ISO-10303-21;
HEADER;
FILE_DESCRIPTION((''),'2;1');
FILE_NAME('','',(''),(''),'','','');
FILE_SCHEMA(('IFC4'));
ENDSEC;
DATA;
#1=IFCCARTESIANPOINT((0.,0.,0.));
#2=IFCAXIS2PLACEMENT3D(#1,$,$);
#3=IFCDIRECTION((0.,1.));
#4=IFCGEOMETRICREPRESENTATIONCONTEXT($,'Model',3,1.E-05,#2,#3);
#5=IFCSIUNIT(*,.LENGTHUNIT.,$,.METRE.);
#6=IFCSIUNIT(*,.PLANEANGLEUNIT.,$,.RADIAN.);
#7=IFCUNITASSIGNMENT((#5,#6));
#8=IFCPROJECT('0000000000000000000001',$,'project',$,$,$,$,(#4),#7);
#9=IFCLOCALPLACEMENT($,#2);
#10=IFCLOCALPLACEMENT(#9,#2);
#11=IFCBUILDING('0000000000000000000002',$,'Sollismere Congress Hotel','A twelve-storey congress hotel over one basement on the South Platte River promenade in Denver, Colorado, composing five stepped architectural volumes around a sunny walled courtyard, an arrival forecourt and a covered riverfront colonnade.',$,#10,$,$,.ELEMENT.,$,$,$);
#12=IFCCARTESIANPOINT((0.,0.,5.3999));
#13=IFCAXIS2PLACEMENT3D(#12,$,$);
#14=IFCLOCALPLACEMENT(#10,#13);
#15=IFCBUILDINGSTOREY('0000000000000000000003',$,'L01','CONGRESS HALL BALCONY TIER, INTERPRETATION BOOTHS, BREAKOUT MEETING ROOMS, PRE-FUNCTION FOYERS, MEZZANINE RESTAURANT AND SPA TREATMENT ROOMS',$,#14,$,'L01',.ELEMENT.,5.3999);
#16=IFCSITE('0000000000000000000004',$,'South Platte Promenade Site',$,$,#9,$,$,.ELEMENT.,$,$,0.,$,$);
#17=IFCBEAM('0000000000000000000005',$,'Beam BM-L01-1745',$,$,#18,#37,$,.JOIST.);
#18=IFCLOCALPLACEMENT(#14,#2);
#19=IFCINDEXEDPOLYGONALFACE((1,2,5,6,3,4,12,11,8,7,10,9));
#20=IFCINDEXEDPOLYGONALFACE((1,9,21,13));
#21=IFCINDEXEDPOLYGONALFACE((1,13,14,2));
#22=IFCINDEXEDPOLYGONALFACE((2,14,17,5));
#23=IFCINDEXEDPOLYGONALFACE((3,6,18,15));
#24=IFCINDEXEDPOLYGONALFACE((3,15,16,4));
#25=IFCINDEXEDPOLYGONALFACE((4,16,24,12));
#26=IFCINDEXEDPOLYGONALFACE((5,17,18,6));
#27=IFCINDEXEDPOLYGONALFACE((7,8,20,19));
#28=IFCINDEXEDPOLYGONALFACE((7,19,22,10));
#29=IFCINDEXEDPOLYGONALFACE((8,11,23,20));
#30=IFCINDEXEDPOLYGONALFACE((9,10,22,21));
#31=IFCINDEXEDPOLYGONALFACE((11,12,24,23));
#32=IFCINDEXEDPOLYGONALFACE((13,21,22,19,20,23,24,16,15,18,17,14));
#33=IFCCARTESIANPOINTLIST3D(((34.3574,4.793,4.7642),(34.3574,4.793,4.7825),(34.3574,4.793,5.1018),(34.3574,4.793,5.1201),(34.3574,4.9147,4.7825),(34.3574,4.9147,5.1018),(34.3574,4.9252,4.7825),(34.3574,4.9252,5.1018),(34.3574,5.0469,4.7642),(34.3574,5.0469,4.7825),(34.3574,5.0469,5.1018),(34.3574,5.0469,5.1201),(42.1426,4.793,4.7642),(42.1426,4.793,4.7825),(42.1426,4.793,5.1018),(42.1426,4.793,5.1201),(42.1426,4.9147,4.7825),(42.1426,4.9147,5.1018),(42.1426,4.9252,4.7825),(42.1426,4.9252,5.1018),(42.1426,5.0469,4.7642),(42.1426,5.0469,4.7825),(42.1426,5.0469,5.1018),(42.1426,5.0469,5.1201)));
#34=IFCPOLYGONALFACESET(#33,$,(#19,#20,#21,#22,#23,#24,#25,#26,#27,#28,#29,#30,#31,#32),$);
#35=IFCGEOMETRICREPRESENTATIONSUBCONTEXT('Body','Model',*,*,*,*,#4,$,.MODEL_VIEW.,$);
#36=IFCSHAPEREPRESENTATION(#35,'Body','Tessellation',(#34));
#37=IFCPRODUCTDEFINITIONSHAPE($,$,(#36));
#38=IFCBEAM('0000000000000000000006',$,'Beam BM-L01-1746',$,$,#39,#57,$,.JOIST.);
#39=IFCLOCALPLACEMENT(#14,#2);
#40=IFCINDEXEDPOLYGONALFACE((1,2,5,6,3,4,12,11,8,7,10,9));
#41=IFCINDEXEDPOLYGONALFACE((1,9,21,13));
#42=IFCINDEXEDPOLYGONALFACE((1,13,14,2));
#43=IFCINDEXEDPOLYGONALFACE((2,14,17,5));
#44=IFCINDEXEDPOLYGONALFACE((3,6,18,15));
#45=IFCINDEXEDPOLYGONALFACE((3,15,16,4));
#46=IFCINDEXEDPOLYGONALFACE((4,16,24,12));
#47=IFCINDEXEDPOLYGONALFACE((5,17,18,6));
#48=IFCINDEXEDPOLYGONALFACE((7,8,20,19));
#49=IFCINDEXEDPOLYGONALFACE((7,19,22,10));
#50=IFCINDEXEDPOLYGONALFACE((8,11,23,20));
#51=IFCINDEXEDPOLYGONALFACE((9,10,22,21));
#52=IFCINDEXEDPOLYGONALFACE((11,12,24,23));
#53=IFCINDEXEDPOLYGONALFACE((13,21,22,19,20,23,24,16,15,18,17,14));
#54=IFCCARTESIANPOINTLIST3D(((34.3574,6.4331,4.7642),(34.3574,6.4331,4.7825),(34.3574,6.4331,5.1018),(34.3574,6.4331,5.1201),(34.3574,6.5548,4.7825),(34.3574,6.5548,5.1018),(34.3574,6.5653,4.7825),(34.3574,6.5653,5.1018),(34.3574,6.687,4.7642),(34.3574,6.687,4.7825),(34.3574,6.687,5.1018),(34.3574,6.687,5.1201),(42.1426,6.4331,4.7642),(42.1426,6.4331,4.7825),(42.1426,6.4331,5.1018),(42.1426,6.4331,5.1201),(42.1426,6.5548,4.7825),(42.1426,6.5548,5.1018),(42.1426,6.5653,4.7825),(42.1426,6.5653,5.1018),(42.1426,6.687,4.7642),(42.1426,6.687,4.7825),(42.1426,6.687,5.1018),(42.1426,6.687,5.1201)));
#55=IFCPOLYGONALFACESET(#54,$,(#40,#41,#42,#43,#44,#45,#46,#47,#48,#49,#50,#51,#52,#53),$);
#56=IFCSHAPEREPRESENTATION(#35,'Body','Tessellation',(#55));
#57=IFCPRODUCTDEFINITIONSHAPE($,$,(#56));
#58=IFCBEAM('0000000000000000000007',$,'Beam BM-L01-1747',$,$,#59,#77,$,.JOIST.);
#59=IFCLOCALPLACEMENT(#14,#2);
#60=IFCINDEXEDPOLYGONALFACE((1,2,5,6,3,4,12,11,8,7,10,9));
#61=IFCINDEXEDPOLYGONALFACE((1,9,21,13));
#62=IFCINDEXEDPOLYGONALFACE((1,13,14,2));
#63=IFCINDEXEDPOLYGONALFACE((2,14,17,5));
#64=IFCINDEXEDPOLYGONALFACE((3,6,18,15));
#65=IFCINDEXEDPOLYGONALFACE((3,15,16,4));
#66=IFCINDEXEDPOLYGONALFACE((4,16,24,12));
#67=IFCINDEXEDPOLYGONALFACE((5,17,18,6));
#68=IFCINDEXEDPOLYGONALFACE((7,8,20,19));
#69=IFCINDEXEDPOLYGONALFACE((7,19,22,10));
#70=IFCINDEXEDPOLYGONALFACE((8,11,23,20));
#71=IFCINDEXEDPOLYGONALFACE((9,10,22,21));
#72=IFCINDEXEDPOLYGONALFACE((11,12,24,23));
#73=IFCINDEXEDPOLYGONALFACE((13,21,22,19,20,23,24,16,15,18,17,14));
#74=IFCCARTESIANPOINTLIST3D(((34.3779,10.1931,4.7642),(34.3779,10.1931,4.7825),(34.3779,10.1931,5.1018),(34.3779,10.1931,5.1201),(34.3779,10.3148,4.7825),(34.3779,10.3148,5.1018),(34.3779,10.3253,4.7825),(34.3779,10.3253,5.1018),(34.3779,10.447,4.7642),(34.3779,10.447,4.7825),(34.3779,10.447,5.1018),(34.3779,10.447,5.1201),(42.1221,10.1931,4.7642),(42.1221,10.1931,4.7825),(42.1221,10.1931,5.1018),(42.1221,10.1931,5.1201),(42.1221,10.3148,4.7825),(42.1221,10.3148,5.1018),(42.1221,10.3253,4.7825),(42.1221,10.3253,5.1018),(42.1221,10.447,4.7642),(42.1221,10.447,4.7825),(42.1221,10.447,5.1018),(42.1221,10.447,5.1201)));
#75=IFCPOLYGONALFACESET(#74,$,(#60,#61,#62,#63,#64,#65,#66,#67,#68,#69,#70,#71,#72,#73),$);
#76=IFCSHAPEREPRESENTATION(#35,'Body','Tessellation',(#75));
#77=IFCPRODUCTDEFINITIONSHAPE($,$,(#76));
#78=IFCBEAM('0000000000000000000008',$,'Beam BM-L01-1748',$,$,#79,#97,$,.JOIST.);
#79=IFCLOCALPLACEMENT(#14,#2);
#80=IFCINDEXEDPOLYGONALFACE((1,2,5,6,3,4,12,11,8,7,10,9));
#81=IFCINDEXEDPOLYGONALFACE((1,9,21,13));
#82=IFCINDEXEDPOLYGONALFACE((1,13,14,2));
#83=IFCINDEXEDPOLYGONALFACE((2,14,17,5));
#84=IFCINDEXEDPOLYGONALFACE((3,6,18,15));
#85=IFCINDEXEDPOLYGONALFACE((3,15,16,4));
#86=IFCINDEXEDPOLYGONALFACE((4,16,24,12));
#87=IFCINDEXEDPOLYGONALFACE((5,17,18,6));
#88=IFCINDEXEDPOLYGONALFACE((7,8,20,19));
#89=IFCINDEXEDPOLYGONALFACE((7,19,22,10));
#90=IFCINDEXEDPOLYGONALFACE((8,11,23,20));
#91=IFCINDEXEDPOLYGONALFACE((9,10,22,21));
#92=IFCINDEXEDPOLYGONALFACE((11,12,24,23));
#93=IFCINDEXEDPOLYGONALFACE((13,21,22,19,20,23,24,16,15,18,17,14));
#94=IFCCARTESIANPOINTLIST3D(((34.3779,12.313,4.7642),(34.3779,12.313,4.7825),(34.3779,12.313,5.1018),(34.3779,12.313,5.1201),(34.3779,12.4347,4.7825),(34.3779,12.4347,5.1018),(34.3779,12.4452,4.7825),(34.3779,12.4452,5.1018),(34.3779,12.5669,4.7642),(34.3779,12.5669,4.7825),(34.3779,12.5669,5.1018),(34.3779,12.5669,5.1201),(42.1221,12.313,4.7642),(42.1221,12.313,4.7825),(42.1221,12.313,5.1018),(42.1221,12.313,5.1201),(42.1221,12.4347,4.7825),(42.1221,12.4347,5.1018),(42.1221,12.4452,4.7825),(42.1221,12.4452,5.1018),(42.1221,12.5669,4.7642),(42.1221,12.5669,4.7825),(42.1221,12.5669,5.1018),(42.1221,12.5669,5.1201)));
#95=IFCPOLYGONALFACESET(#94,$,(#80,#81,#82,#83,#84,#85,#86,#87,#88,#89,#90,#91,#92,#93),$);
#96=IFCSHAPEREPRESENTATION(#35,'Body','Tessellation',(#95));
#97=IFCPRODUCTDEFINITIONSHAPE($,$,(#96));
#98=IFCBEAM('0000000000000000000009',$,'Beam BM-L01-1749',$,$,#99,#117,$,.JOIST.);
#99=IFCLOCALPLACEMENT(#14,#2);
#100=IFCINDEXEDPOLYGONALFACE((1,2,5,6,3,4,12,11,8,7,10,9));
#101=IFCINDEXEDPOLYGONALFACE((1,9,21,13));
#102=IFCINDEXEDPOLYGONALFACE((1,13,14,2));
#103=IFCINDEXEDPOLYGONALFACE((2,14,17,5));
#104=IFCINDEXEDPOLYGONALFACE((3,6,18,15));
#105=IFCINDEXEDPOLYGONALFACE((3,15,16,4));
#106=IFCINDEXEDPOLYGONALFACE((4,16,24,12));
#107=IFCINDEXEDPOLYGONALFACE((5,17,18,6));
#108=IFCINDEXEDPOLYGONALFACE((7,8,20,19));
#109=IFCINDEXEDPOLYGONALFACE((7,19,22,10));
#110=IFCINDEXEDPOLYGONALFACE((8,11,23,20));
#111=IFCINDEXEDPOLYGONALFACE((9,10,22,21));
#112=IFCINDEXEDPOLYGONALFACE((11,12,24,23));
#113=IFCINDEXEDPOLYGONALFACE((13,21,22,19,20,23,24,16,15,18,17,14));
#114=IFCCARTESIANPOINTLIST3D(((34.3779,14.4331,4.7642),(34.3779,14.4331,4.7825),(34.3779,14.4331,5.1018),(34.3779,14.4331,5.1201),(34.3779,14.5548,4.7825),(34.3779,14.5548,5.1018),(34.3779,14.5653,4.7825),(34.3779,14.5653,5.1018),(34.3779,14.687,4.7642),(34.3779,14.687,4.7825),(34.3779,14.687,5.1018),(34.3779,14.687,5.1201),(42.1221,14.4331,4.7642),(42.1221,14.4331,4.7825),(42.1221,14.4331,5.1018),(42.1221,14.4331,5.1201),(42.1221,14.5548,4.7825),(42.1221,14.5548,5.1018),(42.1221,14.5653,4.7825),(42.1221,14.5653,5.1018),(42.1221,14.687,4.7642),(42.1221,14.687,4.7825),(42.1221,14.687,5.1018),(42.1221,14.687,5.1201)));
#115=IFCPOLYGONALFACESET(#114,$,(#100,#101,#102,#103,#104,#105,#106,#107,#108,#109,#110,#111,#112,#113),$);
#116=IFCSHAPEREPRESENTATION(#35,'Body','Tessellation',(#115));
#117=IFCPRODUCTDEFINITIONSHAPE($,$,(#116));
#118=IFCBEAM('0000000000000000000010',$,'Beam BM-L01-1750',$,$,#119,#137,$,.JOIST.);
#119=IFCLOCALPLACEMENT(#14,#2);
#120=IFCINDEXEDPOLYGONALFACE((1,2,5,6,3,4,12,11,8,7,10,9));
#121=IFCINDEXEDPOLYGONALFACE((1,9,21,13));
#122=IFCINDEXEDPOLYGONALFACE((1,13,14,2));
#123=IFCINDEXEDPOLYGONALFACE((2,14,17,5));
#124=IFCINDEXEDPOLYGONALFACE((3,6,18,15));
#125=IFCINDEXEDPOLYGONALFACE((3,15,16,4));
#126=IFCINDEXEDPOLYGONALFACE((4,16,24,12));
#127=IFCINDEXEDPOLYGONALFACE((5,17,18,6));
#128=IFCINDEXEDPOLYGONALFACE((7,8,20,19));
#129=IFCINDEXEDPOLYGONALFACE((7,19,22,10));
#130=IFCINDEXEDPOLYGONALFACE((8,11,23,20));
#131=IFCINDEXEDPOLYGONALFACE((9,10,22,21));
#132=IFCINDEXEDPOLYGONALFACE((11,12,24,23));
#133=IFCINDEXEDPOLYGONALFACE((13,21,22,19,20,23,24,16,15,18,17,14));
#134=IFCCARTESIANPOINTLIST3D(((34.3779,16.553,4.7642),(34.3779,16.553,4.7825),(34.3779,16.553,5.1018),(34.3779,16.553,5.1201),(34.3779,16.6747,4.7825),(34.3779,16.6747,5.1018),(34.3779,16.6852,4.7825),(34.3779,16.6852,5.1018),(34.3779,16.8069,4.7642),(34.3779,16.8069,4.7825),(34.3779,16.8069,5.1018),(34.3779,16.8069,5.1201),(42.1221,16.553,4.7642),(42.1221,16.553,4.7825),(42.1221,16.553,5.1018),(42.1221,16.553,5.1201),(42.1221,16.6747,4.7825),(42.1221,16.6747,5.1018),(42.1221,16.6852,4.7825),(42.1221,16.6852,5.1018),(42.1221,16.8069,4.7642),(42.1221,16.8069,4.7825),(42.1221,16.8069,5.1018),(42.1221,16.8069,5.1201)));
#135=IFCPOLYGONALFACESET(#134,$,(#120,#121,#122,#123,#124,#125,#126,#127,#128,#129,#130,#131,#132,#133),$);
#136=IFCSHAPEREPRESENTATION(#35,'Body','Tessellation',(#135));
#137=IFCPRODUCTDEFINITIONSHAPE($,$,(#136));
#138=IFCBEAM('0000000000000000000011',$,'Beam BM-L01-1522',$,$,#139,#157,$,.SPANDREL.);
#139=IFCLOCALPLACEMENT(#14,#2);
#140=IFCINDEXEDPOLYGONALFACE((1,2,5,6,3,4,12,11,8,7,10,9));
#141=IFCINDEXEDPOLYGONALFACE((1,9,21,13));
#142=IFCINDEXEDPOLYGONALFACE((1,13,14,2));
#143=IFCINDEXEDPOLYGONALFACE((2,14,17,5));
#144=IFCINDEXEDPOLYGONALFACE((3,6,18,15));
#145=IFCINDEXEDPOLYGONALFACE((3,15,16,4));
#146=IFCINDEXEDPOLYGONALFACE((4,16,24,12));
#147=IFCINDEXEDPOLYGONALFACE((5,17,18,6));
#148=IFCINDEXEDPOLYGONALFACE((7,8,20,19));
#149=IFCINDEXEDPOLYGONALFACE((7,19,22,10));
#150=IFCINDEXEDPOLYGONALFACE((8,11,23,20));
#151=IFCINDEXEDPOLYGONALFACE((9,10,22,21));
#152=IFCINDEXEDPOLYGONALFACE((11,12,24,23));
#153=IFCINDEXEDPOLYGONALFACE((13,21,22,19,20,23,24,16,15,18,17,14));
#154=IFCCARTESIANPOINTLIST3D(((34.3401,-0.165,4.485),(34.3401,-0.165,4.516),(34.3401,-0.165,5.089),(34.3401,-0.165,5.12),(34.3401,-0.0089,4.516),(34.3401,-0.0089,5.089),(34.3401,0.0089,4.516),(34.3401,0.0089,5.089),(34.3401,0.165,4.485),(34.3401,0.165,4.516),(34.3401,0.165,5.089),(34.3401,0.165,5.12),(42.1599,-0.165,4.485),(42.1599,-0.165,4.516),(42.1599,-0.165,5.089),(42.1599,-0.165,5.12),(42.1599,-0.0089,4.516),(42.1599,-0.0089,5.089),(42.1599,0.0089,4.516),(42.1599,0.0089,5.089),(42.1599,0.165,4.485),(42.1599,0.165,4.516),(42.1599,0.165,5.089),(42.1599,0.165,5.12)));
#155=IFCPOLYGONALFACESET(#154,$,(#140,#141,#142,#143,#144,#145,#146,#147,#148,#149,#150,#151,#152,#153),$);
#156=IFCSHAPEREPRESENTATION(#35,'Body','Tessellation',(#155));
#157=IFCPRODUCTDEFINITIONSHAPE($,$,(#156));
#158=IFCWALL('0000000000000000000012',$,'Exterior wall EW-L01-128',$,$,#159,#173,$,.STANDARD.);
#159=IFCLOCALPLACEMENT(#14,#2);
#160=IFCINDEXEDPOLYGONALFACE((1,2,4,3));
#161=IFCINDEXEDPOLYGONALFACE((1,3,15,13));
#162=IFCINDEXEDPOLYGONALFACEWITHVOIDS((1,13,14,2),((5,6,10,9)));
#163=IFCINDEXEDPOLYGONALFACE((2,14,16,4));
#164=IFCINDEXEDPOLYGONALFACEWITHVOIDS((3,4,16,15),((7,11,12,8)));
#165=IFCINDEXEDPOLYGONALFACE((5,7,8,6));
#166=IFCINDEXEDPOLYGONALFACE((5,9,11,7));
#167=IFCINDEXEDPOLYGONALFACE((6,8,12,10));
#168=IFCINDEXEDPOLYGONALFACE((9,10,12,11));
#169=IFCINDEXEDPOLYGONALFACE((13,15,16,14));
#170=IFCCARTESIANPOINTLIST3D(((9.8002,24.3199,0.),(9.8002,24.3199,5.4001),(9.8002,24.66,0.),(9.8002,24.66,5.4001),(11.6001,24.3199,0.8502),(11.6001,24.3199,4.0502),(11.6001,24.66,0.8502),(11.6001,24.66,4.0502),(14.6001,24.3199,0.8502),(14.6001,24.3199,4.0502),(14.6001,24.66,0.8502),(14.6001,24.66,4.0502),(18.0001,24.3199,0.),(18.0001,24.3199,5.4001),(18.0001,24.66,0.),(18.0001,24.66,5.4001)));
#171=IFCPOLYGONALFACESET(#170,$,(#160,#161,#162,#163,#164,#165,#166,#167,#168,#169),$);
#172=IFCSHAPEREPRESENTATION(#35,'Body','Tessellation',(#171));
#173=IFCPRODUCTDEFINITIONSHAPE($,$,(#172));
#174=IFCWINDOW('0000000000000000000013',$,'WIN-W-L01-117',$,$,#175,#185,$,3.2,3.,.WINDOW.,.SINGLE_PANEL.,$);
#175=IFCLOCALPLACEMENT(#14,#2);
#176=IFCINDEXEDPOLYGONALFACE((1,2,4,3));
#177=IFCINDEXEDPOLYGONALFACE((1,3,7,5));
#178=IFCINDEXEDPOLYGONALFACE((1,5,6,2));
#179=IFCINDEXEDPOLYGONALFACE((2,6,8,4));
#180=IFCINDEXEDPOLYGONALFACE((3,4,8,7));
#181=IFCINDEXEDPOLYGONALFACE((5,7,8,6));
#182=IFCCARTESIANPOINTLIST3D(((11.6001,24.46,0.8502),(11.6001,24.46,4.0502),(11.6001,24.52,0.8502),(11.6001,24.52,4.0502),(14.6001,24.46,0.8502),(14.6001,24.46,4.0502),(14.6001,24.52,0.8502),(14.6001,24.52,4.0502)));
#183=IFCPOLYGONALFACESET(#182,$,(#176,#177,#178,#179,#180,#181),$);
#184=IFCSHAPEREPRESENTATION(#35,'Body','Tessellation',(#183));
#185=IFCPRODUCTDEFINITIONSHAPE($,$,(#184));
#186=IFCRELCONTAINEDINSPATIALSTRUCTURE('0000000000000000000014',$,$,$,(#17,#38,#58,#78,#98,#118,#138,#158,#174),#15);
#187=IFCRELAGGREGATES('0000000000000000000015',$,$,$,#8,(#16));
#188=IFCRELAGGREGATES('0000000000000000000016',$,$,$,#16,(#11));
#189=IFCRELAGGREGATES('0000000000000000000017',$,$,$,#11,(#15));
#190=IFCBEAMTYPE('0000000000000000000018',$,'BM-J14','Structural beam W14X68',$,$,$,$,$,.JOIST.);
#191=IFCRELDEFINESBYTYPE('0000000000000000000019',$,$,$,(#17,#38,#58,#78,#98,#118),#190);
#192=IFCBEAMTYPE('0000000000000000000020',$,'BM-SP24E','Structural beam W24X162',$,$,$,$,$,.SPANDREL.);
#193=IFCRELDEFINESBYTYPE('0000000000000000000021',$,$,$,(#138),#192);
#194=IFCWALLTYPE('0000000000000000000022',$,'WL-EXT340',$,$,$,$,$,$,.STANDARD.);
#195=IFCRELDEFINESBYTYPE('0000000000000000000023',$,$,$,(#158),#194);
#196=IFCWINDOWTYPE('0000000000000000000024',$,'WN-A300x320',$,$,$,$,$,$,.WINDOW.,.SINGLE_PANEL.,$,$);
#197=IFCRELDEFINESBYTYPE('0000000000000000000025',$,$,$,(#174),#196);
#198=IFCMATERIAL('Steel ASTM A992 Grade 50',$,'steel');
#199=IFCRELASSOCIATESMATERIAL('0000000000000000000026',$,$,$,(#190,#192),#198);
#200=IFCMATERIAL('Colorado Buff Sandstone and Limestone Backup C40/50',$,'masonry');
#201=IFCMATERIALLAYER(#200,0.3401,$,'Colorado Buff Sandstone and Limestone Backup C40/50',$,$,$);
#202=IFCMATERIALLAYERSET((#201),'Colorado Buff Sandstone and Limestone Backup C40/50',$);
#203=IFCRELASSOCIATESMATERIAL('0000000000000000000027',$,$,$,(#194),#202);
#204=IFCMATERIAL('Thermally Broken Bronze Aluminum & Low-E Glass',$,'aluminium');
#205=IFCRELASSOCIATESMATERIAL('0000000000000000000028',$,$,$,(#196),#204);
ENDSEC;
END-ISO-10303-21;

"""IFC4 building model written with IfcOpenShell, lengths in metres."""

from ifc_helpers import new_model, si_unit, direction, frame, frame_2d, origin, origin_2d, place, context, subcontext, project, spatial, rectangle, i_section, extrude, material, layer, layer_set, material_profile, profile_set, type_object, element, fill, save


model = new_model("IFC4")

# Units and contexts
model_context = context("Model", 3, precision=1e-05, world=origin(), true_north=direction((0.0, 1.0)))
body_context = subcontext(model_context, "Body", "Model", "MODEL_VIEW")
ifc_project = project(units=[si_unit("LENGTHUNIT", "METRE"), si_unit("PLANEANGLEUNIT", "RADIAN")], contexts=[model_context])

# Site, building, storey
site_placement = place(None, origin())
site = spatial("IfcSite", under=ifc_project, at=site_placement, Name="South Platte Promenade Site", CompositionType="ELEMENT", RefElevation=0.0)
building_placement = place(site_placement, origin())
building = spatial("IfcBuilding", under=site, at=building_placement, Name="Sollismere Congress Hotel", Description="A twelve-storey congress hotel over one basement on the South Platte River promenade in Denver, Colorado, composing five stepped architectural volumes around a sunny walled courtyard, an arrival forecourt and a covered riverfront colonnade.", CompositionType="ELEMENT")
storey_placement = place(building_placement, frame((0.0, 0.0, 5.3999)))
storey = spatial("IfcBuildingStorey", under=building, at=storey_placement, Name="L01", Description="CONGRESS HALL BALCONY TIER, INTERPRETATION BOOTHS, BREAKOUT MEETING ROOMS, PRE-FUNCTION FOYERS, MEZZANINE RESTAURANT AND SPA TREATMENT ROOMS", LongName="L01", CompositionType="ELEMENT", Elevation=5.3999)

# Shared definitions
ifc_material_1 = material(Name="Steel ASTM A992 Grade 50", Category="steel")

# Beams
ifc_material_profile_1 = material_profile(ifc_material_1, i_section(OverallWidth=0.2539, OverallDepth=0.356, WebThickness=0.0105, FlangeThickness=0.0183, at=origin_2d()), Name="W14X68")
ifc_profile_set_1 = profile_set([ifc_material_profile_1], Name="Steel ASTM A992 Grade 50")
beam_type_1 = type_object("IfcBeamType", Name="BM-J14", Description="Structural beam W14X68", PredefinedType="JOIST", material=ifc_profile_set_1)
for number, where, z_axis, x_axis, name in (
    (1, (34.3574, 4.9199, 4.9421), (1.0, 0.0, 0.0), (0.0, 1.0, 0.0), "Beam BM-L01-1745"),
    (2, (34.3574, 6.5601, 4.9421), (1.0, 0.0, 0.0), (0.0, 1.0, 0.0), "Beam BM-L01-1746"),
):
    element("IfcBeam", number, at=place(storey_placement, frame(where, z_axis=z_axis, x_axis=x_axis)), inside=storey, type_object=beam_type_1, Name=name, PredefinedType="JOIST", context=body_context, shape_type="SweptSolid", body=[
        extrude(i_section(OverallWidth=0.2539, OverallDepth=0.356, WebThickness=0.0105, FlangeThickness=0.0183, at=origin_2d()), origin(), (0.0, 0.0, 1.0), 7.7852),
    ])
for number, where, z_axis, x_axis, name in (
    (3, (34.3779, 10.3201, 4.9421), (1.0, 0.0, 0.0), (0.0, 1.0, 0.0), "Beam BM-L01-1747"),
    (4, (34.3779, 12.4399, 4.9421), (1.0, 0.0, 0.0), (0.0, 1.0, 0.0), "Beam BM-L01-1748"),
    (5, (34.3779, 14.5601, 4.9421), (1.0, 0.0, 0.0), (0.0, 1.0, 0.0), "Beam BM-L01-1749"),
    (6, (34.3779, 16.6799, 4.9421), (1.0, 0.0, 0.0), (0.0, 1.0, 0.0), "Beam BM-L01-1750"),
):
    element("IfcBeam", number, at=place(storey_placement, frame(where, z_axis=z_axis, x_axis=x_axis)), inside=storey, type_object=beam_type_1, Name=name, PredefinedType="JOIST", context=body_context, shape_type="SweptSolid", body=[
        extrude(i_section(OverallWidth=0.2539, OverallDepth=0.356, WebThickness=0.0105, FlangeThickness=0.0183, at=origin_2d()), origin(), (0.0, 0.0, 1.0), 7.7441),
    ])
ifc_material_profile_2 = material_profile(ifc_material_1, i_section(OverallWidth=0.3301, OverallDepth=0.635, WebThickness=0.0178, FlangeThickness=0.031, at=origin_2d()), Name="W24X162")
ifc_profile_set_2 = profile_set([ifc_material_profile_2], Name="Steel ASTM A992 Grade 50")
beam_type_2 = type_object("IfcBeamType", Name="BM-SP24E", Description="Structural beam W24X162", PredefinedType="SPANDREL", material=ifc_profile_set_2)
beam_1_placement = place(storey_placement, frame((34.3401, 0.0, 4.8025), z_axis=(1.0, 0.0, 0.0), x_axis=(0.0, 1.0, 0.0)))
element("IfcBeam", 7, at=beam_1_placement, inside=storey, type_object=beam_type_2, Name="Beam BM-L01-1522", PredefinedType="SPANDREL", context=body_context, shape_type="SweptSolid", body=[
    extrude(i_section(OverallWidth=0.3301, OverallDepth=0.635, WebThickness=0.0178, FlangeThickness=0.031, at=origin_2d()), origin(), (0.0, 0.0, 1.0), 7.8198),
])

# Wall, opening, window
ifc_material_2 = material(Name="Colorado Buff Sandstone and Limestone Backup C40/50", Category="masonry")
ifc_layer_1 = layer(ifc_material_2, 0.3401, Name="Colorado Buff Sandstone and Limestone Backup C40/50")
ifc_layer_set_1 = layer_set([ifc_layer_1], Name="Colorado Buff Sandstone and Limestone Backup C40/50")
wall_type_1 = type_object("IfcWallType", Name="WL-EXT340", PredefinedType="STANDARD", material=ifc_layer_set_1)
wall_1_placement = place(storey_placement, frame((9.8, 24.49, 0.0), z_axis=(0.0, 0.0, 1.0), x_axis=(1.0, 0.0, 0.0)))
wall_1 = element("IfcWall", 8, at=wall_1_placement, inside=storey, type_object=wall_type_1, Name="Exterior wall EW-L01-128", PredefinedType="STANDARD", context=body_context, shape_type="SweptSolid", body=[
    extrude(rectangle(XDim=8.2, YDim=0.3401, at=frame_2d((4.1001, 0.0))), origin(), (0.0, 0.0, 1.0), 5.4001),
])
opening_1_placement = place(wall_1_placement, frame((1.8, 0.0, 0.8501)))
opening_1 = element("IfcOpeningElement", 9, at=opening_1_placement, cuts=wall_1, PredefinedType="OPENING", context=body_context, shape_type="SweptSolid", body=[
    extrude(rectangle(XDim=3.0, YDim=3.2, at=frame_2d((1.5, 1.6001))), frame((0.0, 0.1799, 0.0), z_axis=(0.0, -1.0, 0.0), x_axis=(1.0, 0.0, 0.0)), (0.0, 0.0, 1.0), 0.3601),
])
ifc_material_3 = material(Name="Thermally Broken Bronze Aluminum & Low-E Glass", Category="aluminium")
window_type_1 = type_object("IfcWindowType", Name="WN-A300x320", PartitioningType="SINGLE_PANEL", PredefinedType="WINDOW", material=ifc_material_3)
window_1_placement = place(opening_1_placement, origin())
window_1 = element("IfcWindow", 10, at=window_1_placement, inside=storey, type_object=window_type_1, Name="WIN-W-L01-117", OverallHeight=3.2, OverallWidth=3.0, PartitioningType="SINGLE_PANEL", PredefinedType="WINDOW", context=body_context, shape_type="SweptSolid", body=[
    extrude(rectangle(XDim=3.0, YDim=3.2, at=frame_2d((1.5, 1.6001))), frame((0.0, 0.03, 0.0), z_axis=(0.0, -1.0, 0.0), x_axis=(1.0, 0.0, 0.0)), (0.0, 0.0, 1.0), 0.0601),
])
fill(opening_1, window_1)

save(model, "model.ifc")
